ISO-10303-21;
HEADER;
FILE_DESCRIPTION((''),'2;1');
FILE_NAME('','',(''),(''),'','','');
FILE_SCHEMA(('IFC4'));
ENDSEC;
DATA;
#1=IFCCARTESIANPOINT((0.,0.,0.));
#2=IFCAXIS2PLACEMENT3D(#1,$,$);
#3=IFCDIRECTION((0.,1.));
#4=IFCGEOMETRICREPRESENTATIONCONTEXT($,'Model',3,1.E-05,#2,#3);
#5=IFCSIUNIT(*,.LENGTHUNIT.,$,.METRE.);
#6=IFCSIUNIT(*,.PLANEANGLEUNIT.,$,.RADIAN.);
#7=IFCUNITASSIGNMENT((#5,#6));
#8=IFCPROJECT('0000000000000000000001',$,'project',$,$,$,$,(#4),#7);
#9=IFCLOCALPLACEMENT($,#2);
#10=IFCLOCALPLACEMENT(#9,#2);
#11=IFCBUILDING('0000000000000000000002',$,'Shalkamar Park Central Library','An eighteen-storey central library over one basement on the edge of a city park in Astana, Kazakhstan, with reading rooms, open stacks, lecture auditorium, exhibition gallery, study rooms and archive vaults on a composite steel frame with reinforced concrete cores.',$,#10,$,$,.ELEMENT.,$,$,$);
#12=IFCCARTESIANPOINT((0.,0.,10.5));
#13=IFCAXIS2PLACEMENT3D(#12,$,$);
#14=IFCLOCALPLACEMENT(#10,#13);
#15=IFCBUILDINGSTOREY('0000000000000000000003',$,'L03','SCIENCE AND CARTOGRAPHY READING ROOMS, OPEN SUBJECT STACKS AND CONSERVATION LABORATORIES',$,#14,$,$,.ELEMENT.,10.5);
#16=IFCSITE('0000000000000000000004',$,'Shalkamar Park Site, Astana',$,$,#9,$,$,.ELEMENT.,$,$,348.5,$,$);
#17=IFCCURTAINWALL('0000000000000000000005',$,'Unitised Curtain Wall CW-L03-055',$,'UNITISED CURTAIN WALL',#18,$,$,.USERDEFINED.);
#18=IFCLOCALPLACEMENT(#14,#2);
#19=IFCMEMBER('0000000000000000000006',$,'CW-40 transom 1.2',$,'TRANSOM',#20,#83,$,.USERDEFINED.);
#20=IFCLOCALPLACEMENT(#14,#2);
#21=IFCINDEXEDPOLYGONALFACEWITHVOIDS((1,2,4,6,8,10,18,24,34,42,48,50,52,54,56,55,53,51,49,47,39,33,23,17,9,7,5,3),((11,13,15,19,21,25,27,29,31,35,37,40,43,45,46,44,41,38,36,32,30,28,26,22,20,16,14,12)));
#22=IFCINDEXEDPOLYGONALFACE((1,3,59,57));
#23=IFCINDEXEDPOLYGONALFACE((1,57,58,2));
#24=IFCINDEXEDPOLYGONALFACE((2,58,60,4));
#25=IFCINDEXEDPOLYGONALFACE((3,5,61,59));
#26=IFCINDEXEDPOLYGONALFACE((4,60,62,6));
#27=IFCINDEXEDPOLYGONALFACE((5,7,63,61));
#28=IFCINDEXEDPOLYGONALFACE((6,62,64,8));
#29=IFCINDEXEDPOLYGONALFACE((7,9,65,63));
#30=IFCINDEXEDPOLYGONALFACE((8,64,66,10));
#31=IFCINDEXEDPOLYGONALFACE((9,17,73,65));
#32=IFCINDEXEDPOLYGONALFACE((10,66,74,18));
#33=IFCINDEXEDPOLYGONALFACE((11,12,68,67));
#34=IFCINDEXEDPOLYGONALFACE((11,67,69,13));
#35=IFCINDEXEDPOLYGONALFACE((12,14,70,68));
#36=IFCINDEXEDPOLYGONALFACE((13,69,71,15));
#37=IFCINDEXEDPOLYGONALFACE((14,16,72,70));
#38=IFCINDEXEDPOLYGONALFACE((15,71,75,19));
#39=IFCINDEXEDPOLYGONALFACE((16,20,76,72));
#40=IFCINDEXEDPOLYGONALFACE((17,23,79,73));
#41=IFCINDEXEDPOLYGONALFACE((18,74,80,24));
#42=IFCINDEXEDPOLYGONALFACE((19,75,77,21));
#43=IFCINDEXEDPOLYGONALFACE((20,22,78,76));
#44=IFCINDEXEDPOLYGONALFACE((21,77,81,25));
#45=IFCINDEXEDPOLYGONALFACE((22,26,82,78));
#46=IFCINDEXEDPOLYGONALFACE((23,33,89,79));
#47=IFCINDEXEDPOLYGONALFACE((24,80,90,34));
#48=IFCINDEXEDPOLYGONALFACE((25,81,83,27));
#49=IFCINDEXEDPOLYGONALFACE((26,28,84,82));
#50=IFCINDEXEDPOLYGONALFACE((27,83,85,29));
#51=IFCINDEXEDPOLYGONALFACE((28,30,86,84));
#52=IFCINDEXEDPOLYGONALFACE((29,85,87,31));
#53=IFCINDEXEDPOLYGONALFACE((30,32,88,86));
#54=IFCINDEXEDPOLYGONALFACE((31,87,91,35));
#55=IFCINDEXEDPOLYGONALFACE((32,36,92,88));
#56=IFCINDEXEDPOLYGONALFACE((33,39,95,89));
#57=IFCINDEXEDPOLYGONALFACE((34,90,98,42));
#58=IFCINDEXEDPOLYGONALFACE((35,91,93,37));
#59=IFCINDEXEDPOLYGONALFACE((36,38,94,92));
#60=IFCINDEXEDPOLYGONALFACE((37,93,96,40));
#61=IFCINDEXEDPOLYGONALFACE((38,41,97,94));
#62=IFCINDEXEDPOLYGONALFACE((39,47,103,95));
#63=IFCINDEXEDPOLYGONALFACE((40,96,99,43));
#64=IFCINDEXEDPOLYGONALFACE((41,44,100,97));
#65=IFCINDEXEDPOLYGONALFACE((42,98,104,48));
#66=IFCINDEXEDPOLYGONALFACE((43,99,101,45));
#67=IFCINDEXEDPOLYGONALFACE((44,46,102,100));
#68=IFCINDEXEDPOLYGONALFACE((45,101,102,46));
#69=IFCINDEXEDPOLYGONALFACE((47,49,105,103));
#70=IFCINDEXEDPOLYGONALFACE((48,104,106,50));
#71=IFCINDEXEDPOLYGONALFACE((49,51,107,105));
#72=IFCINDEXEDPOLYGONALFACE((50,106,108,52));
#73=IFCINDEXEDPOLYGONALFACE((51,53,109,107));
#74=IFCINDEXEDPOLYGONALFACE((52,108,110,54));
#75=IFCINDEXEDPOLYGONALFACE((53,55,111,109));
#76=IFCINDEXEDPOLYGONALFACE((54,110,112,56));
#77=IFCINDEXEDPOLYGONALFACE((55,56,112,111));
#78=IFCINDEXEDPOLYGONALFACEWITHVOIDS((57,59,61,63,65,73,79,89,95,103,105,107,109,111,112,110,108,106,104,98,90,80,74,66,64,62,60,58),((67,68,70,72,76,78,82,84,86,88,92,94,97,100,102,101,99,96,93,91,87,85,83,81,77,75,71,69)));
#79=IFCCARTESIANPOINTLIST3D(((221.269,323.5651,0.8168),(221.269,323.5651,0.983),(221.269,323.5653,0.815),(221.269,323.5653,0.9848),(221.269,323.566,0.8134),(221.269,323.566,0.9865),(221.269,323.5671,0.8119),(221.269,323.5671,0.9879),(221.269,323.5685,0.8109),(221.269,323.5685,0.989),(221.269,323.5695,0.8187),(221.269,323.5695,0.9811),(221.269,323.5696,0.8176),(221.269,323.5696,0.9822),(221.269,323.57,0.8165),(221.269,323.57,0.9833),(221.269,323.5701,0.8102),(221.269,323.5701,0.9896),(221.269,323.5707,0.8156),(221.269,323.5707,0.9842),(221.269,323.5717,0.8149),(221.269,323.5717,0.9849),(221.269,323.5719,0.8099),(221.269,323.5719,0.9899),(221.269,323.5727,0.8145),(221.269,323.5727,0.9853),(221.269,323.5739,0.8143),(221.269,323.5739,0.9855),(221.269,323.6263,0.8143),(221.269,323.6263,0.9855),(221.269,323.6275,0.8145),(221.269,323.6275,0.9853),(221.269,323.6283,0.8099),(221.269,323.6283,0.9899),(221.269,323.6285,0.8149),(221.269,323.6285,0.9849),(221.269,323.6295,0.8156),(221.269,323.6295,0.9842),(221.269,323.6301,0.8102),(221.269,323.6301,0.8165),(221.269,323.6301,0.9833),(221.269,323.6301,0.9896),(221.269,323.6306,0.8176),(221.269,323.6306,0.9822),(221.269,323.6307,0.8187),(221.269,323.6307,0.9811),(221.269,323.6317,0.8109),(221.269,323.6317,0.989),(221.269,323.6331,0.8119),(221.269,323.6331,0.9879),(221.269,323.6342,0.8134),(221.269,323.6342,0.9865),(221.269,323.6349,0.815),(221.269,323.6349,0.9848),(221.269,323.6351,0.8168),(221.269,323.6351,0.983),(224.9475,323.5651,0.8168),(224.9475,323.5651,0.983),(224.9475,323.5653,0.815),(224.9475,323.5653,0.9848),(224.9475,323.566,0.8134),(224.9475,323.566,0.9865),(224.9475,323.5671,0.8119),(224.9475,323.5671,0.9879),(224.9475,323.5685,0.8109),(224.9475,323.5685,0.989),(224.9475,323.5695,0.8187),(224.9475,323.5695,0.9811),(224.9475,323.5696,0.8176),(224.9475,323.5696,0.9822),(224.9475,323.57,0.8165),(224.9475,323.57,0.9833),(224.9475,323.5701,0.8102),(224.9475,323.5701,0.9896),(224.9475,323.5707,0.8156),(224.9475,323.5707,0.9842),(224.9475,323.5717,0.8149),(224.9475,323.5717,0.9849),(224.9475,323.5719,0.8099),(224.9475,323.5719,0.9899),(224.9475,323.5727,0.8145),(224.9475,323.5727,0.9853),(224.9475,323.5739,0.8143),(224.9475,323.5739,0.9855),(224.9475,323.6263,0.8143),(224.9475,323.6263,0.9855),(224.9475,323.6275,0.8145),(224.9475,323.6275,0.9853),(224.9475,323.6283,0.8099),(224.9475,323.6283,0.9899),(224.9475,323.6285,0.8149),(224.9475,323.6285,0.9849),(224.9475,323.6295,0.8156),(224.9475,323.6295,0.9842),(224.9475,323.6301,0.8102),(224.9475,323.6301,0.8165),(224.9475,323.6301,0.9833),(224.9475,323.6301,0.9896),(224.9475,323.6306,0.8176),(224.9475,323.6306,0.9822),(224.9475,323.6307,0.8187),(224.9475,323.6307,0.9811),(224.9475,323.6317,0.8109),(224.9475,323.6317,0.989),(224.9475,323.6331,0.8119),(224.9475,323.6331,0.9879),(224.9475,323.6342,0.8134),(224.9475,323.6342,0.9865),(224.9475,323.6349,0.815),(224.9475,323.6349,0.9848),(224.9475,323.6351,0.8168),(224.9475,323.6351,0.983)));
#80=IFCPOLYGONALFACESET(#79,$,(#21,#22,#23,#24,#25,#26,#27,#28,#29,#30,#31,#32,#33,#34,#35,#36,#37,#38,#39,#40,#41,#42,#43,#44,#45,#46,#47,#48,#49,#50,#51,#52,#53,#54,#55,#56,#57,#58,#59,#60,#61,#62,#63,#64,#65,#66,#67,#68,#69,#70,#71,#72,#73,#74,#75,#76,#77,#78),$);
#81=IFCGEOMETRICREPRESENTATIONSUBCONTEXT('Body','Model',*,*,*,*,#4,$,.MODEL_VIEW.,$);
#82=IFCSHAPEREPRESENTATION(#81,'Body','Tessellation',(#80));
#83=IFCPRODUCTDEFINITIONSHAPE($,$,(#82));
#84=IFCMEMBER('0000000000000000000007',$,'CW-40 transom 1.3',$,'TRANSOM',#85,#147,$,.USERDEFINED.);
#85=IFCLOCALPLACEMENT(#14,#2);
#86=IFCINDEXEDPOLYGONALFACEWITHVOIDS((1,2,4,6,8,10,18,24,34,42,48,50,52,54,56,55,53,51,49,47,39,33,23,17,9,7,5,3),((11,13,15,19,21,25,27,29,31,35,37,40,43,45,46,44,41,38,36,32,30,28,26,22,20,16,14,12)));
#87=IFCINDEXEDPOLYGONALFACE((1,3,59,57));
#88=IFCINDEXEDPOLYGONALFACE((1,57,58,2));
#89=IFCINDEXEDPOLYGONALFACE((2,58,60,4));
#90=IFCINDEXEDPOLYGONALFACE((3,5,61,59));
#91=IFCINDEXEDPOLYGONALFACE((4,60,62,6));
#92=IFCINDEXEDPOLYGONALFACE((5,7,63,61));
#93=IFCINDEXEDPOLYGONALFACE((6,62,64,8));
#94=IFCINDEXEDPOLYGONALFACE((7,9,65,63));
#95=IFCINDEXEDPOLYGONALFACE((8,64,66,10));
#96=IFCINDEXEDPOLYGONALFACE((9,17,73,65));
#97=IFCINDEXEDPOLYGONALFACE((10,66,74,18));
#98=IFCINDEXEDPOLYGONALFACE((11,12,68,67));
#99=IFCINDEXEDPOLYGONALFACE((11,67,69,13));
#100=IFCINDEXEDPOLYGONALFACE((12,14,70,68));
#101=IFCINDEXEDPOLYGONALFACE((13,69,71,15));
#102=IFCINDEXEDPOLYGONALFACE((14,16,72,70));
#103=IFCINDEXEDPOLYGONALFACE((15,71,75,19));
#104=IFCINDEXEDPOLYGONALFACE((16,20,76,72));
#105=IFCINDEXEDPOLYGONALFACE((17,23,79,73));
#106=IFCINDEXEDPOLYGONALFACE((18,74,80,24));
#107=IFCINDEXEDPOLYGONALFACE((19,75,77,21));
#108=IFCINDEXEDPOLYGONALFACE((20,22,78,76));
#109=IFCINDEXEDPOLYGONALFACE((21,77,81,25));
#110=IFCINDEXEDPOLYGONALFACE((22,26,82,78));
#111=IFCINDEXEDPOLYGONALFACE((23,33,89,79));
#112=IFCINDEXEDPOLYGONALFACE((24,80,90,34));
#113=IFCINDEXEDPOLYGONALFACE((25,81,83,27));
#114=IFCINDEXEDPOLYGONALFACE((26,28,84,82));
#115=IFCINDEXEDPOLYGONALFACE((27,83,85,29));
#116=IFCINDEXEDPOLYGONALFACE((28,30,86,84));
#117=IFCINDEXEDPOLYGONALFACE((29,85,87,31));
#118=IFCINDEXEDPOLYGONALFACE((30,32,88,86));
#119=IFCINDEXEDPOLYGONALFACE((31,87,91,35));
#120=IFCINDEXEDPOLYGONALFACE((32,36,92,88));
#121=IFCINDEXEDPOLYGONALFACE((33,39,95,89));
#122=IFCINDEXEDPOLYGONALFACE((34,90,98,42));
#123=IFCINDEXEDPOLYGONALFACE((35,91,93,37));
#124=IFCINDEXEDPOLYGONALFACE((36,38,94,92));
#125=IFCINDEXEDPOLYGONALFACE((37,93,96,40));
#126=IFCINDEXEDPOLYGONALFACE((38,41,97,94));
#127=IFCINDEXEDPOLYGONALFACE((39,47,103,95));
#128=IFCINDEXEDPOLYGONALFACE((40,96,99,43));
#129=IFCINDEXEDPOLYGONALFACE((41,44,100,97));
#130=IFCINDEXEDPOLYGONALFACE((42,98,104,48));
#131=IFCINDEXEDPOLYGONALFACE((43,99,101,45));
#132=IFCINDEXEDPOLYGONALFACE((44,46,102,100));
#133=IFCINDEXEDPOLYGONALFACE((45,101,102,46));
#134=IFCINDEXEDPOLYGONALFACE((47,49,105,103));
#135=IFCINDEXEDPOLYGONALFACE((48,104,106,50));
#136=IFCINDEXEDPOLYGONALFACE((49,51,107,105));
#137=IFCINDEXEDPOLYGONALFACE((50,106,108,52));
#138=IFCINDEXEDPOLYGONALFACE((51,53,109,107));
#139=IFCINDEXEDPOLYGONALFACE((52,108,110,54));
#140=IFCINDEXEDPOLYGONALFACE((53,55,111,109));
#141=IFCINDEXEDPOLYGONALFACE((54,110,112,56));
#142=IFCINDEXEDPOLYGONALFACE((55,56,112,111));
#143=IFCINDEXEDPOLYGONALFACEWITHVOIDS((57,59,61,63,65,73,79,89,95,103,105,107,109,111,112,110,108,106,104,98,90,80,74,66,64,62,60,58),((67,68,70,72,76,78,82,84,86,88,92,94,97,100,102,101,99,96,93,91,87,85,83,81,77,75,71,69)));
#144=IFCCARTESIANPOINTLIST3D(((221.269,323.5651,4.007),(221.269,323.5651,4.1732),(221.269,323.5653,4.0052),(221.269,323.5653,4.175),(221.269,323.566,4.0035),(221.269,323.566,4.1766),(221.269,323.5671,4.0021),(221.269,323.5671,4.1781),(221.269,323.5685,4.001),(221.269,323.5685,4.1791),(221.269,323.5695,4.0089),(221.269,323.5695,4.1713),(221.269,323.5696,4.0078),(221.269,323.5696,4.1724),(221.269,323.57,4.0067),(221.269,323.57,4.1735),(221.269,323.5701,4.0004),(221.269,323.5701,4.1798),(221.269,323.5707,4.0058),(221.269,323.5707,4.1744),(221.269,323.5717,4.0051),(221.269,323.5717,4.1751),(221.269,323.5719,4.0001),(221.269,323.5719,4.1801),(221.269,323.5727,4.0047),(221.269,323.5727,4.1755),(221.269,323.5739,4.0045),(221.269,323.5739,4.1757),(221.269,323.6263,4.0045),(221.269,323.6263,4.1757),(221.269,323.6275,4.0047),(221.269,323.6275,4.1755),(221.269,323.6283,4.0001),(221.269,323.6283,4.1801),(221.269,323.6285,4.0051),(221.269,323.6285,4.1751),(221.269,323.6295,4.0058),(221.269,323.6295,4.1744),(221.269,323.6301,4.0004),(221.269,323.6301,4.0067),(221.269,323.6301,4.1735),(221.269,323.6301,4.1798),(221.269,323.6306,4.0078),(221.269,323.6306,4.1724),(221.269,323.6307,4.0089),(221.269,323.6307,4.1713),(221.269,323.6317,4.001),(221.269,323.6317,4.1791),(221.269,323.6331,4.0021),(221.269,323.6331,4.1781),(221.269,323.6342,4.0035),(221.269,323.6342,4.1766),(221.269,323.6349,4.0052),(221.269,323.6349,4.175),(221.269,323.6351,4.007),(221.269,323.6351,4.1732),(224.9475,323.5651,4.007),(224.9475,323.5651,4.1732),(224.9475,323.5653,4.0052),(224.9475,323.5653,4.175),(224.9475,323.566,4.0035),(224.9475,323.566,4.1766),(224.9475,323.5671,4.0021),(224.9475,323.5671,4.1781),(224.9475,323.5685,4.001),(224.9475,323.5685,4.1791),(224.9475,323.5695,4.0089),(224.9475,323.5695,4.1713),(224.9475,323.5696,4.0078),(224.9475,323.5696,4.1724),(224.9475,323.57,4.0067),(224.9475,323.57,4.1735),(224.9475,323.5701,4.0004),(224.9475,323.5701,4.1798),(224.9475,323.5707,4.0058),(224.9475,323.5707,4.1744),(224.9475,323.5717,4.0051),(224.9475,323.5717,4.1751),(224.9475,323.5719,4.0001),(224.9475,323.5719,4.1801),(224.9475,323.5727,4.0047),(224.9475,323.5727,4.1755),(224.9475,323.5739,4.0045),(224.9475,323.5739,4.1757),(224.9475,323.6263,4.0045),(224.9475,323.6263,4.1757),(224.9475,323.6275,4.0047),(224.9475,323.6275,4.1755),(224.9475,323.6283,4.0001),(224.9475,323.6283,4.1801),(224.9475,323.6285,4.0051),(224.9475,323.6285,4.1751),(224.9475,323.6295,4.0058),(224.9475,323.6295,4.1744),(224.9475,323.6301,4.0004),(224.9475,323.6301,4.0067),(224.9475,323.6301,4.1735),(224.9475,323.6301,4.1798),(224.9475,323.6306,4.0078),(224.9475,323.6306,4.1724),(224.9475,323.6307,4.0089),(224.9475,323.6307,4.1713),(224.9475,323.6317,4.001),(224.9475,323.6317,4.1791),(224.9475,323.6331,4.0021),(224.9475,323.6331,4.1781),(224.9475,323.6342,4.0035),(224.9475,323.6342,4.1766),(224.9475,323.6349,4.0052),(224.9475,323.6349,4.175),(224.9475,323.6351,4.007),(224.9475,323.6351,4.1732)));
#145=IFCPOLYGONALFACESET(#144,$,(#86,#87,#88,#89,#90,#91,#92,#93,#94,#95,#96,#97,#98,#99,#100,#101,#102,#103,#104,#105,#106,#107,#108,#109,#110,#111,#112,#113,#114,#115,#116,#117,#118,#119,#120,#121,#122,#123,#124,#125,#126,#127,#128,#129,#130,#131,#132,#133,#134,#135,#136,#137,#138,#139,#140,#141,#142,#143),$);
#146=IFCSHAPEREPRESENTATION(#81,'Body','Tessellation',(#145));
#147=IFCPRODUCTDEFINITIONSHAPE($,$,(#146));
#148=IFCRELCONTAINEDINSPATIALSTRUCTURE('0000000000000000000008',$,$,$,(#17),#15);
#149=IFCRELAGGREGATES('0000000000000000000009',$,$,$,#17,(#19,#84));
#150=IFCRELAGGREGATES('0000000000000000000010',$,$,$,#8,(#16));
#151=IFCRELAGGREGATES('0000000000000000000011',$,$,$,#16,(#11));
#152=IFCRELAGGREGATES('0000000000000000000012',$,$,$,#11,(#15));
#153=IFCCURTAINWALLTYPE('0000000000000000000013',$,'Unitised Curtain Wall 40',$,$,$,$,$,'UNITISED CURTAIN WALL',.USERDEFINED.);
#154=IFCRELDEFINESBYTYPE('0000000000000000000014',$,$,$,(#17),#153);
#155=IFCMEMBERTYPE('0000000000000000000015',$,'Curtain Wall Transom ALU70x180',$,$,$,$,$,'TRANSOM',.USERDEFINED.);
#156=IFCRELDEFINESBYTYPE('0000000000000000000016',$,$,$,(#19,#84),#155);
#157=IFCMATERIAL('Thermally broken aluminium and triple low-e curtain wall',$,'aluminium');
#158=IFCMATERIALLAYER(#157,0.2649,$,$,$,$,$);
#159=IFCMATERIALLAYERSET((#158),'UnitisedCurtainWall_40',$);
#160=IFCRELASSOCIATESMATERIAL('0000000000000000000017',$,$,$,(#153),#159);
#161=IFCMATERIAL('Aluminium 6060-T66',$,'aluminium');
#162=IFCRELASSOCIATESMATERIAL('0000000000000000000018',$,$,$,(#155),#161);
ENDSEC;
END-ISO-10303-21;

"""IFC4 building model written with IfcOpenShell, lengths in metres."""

from ifc_helpers import new_model, si_unit, direction, frame, origin, origin_2d, place, context, subcontext, project, spatial, hollow_rectangle, extrude, material, layer, layer_set, material_profile, profile_set, type_object, element, aggregate, save


model = new_model("IFC4")

# Units and contexts
model_context = context("Model", 3, precision=1e-05, world=origin(), true_north=direction((0.0, 1.0)))
body_context = subcontext(model_context, "Body", "Model", "MODEL_VIEW")
ifc_project = project(units=[si_unit("LENGTHUNIT", "METRE"), si_unit("PLANEANGLEUNIT", "RADIAN")], contexts=[model_context])

# Site, building, storey
site_placement = place(None, origin())
site = spatial("IfcSite", under=ifc_project, at=site_placement, Name="Shalkamar Park Site, Astana", CompositionType="ELEMENT", RefElevation=348.5)
building_placement = place(site_placement, origin())
building = spatial("IfcBuilding", under=site, at=building_placement, Name="Shalkamar Park Central Library", Description="An eighteen-storey central library over one basement on the edge of a city park in Astana, Kazakhstan, with reading rooms, open stacks, lecture auditorium, exhibition gallery, study rooms and archive vaults on a composite steel frame with reinforced concrete cores.", CompositionType="ELEMENT")
storey_placement = place(building_placement, frame((0.0, 0.0, 10.5)))
storey = spatial("IfcBuildingStorey", under=building, at=storey_placement, Name="L03", Description="SCIENCE AND CARTOGRAPHY READING ROOMS, OPEN SUBJECT STACKS AND CONSERVATION LABORATORIES", CompositionType="ELEMENT", Elevation=10.5)

# Curtain wall, members
ifc_material_1 = material(Name="Thermally broken aluminium and triple low-e curtain wall", Category="aluminium")
ifc_layer_1 = layer(ifc_material_1, 0.2649)
ifc_layer_set_1 = layer_set([ifc_layer_1], Name="UnitisedCurtainWall_40")
curtain_wall_type = type_object("IfcCurtainWallType", Name="Unitised Curtain Wall 40", ElementType="UNITISED CURTAIN WALL", PredefinedType="USERDEFINED", material=ifc_layer_set_1)
curtain_wall_placement = place(storey_placement, origin())
curtain_wall = element("IfcCurtainWall", 1, at=curtain_wall_placement, inside=storey, type_object=curtain_wall_type, Name="Unitised Curtain Wall CW-L03-055", ObjectType="UNITISED CURTAIN WALL", PredefinedType="USERDEFINED")
ifc_material_2 = material(Name="Aluminium 6060-T66", Category="aluminium")
ifc_material_profile_1 = material_profile(ifc_material_2, hollow_rectangle(XDim=0.0701, YDim=0.1799, WallThickness=0.0044, InnerFilletRadius=0.0044, OuterFilletRadius=0.0068, at=origin_2d()), Name="ALU 70x180x4.5")
ifc_profile_set_1 = profile_set([ifc_material_profile_1], Name="Aluminium 6060-T66")
member_type_1 = type_object("IfcMemberType", Name="Curtain Wall Transom ALU70x180", ElementType="TRANSOM", PredefinedType="USERDEFINED", material=ifc_profile_set_1)
member_1_placement = place(storey_placement, frame((221.269, 323.6001, 0.8999), z_axis=(1.0, 0.0, 0.0), x_axis=(0.0, 1.0, 0.0)))
member_1 = element("IfcMember", 2, at=member_1_placement, type_object=member_type_1, Name="CW-40 transom 1.2", ObjectType="TRANSOM", PredefinedType="USERDEFINED", context=body_context, shape_type="SweptSolid", body=[
    extrude(hollow_rectangle(XDim=0.0701, YDim=0.1799, WallThickness=0.0044, InnerFilletRadius=0.0044, OuterFilletRadius=0.0068, at=origin_2d()), origin(), (0.0, 0.0, 1.0), 3.6785),
])
member_2_placement = place(storey_placement, frame((221.269, 323.6001, 4.0901), z_axis=(1.0, 0.0, 0.0), x_axis=(0.0, 1.0, 0.0)))
member_2 = element("IfcMember", 3, at=member_2_placement, type_object=member_type_1, Name="CW-40 transom 1.3", ObjectType="TRANSOM", PredefinedType="USERDEFINED", context=body_context, shape_type="SweptSolid", body=[
    extrude(hollow_rectangle(XDim=0.0701, YDim=0.1799, WallThickness=0.0044, InnerFilletRadius=0.0044, OuterFilletRadius=0.0068, at=origin_2d()), origin(), (0.0, 0.0, 1.0), 3.6785),
])

aggregate(curtain_wall, [member_1, member_2])

save(model, "model.ifc")
